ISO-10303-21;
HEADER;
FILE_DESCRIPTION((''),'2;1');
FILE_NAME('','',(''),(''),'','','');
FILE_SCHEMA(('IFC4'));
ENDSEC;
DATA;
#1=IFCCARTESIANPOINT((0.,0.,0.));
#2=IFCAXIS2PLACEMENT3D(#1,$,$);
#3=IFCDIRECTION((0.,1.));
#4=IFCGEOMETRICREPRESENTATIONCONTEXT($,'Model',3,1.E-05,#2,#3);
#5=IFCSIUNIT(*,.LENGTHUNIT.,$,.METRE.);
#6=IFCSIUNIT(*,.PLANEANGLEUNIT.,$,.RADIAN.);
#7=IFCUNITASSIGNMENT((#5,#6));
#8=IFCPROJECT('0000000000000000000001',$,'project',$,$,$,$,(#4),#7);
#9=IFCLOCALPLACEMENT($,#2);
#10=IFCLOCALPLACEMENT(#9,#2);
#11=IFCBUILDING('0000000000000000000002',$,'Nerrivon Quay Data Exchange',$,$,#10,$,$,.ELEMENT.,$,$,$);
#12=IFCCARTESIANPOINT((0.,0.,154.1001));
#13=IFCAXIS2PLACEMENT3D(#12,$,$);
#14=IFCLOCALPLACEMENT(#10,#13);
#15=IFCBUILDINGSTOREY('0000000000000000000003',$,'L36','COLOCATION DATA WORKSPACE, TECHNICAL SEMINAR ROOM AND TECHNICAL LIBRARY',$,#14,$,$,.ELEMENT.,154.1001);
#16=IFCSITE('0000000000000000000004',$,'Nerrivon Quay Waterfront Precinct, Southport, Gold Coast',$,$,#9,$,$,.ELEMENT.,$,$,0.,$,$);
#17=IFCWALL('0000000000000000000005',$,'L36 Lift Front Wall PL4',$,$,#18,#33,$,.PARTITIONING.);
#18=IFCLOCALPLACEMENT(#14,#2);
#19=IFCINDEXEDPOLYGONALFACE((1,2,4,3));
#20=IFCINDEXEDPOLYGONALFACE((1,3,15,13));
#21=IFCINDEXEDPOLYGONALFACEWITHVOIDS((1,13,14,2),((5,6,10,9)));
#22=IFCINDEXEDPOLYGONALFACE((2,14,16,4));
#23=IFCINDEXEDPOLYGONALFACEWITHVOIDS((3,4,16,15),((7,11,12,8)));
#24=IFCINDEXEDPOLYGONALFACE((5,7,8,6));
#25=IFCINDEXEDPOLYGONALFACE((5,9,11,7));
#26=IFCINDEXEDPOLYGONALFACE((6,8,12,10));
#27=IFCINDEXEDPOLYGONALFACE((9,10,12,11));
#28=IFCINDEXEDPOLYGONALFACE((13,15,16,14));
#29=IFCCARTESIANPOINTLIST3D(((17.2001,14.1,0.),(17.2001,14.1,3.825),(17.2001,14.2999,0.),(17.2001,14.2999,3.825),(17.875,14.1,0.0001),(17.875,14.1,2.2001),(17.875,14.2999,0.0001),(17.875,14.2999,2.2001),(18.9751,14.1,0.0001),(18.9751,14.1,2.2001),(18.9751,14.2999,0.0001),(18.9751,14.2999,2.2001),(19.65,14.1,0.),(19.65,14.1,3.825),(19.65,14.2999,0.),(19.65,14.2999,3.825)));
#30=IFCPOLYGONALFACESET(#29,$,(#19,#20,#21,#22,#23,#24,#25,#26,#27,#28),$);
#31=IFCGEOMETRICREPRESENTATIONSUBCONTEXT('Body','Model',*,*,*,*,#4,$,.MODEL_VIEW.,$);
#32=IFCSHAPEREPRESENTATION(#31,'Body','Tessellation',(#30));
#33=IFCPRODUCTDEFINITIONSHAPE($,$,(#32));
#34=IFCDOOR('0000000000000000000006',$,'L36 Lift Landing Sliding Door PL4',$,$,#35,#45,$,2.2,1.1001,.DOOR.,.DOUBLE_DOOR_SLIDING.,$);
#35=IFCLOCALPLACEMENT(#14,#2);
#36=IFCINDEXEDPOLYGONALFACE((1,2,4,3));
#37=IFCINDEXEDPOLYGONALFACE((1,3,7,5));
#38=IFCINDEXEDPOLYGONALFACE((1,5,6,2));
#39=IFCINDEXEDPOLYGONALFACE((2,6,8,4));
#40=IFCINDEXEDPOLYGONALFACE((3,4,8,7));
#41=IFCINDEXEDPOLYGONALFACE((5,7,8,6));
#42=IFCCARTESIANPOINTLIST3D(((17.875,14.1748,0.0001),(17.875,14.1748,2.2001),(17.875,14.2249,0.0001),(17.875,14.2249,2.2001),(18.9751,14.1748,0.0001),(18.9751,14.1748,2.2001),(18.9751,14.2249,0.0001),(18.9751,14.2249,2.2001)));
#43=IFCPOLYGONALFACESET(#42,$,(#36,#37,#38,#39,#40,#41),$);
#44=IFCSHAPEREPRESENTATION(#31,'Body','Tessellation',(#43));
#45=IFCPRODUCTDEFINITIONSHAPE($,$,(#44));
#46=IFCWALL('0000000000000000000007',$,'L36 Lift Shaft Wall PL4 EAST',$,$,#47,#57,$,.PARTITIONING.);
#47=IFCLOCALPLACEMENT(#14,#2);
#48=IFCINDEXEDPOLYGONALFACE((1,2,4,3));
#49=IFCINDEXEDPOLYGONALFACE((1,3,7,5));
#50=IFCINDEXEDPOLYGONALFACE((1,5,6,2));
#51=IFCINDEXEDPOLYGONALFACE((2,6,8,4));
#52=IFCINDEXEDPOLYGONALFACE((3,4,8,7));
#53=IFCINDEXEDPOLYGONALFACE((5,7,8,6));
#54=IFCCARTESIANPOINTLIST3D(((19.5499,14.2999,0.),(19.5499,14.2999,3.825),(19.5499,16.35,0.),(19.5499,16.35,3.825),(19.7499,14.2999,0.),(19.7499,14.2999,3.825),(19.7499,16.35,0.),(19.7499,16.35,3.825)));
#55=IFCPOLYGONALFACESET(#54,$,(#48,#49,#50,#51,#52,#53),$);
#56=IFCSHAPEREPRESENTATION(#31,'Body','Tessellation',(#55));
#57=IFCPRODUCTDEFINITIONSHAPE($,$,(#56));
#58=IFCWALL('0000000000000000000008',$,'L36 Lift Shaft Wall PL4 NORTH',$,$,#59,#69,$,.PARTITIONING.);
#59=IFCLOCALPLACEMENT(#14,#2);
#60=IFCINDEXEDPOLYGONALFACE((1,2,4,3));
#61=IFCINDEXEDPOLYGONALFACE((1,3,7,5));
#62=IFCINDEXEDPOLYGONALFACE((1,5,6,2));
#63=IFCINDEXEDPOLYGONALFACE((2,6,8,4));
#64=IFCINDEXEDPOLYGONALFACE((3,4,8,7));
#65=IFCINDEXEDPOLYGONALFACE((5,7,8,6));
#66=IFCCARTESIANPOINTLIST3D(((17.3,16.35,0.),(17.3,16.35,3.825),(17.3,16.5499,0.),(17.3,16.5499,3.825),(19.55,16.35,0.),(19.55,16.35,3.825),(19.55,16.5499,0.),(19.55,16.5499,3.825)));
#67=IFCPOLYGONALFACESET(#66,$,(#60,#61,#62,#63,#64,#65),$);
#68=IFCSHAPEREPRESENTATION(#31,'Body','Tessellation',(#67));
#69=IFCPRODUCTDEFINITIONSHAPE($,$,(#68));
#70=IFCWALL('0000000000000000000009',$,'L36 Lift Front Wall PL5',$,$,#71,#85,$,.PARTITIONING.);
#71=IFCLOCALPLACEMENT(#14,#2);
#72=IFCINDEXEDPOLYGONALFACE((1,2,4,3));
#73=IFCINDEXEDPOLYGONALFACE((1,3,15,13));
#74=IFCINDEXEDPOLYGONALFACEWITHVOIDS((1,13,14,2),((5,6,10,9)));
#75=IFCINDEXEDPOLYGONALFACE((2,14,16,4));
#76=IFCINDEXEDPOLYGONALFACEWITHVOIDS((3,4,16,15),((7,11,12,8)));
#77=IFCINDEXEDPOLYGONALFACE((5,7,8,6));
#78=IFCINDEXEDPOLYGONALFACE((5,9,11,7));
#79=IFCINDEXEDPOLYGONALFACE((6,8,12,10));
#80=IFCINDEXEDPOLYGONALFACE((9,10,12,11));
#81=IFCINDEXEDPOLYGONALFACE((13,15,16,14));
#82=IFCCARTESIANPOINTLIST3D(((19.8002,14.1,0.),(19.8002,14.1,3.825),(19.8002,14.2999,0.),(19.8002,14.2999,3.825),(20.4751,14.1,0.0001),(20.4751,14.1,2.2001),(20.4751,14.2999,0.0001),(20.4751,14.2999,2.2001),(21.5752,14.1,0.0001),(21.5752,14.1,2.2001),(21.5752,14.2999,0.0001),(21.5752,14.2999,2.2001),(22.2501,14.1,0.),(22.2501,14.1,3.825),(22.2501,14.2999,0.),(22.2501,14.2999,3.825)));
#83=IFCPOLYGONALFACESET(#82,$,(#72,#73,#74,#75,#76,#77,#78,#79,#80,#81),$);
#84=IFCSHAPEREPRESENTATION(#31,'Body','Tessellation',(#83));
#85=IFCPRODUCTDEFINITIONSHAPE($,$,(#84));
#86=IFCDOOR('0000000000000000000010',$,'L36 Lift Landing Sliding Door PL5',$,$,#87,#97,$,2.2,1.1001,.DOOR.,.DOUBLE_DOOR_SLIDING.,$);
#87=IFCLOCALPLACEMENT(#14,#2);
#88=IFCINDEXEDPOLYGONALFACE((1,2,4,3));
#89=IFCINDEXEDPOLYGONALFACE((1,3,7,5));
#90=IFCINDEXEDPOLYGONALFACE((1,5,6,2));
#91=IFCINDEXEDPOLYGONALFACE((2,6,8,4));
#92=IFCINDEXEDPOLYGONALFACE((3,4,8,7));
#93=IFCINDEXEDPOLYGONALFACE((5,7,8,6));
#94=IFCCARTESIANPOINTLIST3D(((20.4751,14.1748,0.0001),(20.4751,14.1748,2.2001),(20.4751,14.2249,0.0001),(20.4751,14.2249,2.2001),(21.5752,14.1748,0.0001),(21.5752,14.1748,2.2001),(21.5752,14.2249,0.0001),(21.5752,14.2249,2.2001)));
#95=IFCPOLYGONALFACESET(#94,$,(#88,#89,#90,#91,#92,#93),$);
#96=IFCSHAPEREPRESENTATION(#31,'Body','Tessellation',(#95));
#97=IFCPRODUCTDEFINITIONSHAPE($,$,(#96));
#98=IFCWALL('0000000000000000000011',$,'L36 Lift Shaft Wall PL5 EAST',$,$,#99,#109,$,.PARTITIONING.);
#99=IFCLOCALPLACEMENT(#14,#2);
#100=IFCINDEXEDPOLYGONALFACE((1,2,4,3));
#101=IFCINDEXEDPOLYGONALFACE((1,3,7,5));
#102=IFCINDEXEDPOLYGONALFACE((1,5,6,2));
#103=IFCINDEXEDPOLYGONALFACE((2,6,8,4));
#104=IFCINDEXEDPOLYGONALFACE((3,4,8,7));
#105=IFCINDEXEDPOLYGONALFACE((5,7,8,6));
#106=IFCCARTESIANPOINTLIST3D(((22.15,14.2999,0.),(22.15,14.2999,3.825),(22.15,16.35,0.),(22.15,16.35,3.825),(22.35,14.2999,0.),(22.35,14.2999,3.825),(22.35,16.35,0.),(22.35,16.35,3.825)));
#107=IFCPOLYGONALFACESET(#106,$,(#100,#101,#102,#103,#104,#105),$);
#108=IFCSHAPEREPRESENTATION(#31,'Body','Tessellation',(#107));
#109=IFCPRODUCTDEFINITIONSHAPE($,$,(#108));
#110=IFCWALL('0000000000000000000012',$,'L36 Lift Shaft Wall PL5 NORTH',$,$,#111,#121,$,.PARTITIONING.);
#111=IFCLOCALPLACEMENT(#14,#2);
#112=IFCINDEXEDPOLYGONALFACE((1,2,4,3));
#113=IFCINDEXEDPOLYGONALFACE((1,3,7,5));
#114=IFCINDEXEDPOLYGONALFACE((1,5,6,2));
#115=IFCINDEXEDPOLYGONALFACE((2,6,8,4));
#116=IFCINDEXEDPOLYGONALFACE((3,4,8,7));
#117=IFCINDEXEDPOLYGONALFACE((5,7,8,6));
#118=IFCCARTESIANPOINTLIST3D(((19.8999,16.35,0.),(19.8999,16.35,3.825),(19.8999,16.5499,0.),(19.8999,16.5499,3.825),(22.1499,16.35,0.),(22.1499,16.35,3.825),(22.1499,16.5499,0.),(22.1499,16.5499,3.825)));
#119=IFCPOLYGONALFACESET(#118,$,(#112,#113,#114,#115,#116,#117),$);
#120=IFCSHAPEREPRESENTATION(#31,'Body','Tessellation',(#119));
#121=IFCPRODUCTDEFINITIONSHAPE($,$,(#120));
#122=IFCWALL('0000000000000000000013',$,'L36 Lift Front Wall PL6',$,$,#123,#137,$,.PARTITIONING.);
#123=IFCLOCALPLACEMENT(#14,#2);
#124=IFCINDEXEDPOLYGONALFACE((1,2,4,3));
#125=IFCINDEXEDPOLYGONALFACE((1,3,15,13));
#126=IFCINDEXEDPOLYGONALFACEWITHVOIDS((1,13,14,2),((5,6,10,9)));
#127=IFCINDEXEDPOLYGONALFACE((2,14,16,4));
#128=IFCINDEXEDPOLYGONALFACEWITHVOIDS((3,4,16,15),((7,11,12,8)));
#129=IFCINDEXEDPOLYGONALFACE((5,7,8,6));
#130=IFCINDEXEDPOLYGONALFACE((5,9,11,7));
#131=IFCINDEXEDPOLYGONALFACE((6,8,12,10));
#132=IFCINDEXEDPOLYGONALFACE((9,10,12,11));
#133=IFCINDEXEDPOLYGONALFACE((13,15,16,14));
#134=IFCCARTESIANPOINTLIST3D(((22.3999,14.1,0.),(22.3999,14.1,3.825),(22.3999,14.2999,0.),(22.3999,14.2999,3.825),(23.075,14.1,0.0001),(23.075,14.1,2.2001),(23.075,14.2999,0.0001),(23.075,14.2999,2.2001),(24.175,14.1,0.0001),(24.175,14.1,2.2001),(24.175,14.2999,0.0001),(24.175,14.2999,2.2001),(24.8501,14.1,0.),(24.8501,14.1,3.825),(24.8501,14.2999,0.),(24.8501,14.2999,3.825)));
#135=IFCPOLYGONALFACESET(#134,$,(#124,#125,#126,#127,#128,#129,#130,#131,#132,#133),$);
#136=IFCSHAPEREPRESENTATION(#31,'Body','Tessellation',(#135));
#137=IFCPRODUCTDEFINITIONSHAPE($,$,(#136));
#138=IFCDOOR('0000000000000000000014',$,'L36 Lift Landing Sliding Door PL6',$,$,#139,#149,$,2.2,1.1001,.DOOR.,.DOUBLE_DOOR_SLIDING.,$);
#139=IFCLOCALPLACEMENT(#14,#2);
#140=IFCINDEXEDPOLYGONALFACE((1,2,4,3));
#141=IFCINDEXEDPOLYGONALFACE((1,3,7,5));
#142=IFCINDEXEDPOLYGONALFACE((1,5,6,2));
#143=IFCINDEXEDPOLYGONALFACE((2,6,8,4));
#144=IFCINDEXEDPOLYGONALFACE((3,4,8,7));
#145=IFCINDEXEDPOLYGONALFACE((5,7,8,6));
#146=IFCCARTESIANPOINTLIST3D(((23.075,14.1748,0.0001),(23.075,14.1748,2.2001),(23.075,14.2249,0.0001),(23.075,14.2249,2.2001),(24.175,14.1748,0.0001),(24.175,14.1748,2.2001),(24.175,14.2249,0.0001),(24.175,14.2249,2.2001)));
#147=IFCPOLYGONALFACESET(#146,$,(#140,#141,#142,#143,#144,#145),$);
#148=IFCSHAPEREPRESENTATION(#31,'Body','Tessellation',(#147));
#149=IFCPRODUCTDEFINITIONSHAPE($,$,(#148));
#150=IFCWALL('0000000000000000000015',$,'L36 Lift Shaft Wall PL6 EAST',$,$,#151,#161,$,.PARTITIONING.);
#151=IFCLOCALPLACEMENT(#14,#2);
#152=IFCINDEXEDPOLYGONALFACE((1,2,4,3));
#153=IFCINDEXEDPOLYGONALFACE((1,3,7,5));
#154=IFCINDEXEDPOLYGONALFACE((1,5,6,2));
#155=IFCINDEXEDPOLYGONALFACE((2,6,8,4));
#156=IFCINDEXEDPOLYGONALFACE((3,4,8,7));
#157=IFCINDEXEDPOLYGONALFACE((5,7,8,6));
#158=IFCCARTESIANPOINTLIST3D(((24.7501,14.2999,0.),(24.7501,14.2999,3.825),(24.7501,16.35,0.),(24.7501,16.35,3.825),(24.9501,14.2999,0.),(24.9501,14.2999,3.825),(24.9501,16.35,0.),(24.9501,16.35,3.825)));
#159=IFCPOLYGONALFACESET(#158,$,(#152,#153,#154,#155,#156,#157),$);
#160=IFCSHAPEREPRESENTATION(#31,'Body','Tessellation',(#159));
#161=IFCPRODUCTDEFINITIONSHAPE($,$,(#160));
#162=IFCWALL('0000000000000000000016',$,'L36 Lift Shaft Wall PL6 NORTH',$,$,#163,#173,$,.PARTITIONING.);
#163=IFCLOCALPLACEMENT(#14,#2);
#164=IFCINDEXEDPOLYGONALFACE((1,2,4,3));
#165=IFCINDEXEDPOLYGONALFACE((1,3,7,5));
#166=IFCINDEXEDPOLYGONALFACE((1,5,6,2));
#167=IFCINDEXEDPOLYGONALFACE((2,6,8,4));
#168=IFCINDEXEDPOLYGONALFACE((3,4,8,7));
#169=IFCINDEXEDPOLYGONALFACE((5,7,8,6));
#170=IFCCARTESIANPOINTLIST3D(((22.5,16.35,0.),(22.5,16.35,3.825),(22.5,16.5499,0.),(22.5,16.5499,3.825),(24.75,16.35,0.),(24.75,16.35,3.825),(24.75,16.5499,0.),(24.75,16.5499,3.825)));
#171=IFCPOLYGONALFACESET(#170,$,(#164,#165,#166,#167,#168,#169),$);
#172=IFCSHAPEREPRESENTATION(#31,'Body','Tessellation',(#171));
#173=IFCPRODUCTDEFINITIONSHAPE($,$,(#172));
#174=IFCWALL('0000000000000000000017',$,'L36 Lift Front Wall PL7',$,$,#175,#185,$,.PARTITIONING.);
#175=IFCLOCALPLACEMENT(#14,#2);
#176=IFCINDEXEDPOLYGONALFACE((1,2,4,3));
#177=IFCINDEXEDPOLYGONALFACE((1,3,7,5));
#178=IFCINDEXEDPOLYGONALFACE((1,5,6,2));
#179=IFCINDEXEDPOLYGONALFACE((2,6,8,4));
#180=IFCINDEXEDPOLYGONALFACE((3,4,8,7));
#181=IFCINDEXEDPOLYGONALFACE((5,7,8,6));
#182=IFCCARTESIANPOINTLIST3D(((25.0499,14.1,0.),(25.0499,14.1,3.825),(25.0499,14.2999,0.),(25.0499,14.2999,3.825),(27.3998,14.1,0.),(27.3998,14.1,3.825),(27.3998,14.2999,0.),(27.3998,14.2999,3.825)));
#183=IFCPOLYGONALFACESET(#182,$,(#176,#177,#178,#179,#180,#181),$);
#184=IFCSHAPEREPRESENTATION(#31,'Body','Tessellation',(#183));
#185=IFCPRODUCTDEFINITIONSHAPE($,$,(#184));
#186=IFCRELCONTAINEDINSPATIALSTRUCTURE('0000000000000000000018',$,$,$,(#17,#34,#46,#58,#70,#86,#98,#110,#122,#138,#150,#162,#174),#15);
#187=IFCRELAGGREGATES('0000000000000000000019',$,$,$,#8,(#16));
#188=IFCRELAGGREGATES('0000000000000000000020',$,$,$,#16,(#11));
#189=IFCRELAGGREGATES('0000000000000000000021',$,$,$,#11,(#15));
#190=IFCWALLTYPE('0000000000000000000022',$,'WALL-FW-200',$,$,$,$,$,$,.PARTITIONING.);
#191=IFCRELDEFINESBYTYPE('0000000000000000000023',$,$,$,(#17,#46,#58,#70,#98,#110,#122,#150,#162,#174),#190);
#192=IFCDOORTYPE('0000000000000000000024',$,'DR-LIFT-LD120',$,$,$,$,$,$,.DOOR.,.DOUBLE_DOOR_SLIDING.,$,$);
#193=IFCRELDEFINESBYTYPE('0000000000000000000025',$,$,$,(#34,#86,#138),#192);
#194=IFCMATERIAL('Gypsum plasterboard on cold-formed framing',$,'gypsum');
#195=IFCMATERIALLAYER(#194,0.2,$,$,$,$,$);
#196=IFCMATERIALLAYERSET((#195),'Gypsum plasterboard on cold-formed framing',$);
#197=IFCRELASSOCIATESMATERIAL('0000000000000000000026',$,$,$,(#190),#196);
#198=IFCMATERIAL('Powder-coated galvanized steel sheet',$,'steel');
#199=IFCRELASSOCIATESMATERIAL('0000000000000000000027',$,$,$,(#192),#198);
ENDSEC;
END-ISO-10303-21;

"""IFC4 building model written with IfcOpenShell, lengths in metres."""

from ifc_helpers import new_model, si_unit, direction, frame, frame_2d, origin, place, context, subcontext, project, spatial, rectangle, extrude, material, layer, layer_set, type_object, element, fill, save


model = new_model("IFC4")

# Units and contexts
model_context = context("Model", 3, precision=1e-05, world=origin(), true_north=direction((0.0, 1.0)))
body_context = subcontext(model_context, "Body", "Model", "MODEL_VIEW")
ifc_project = project(units=[si_unit("LENGTHUNIT", "METRE"), si_unit("PLANEANGLEUNIT", "RADIAN")], contexts=[model_context])

# Site, building, storey
site_placement = place(None, origin())
site = spatial("IfcSite", under=ifc_project, at=site_placement, Name="Nerrivon Quay Waterfront Precinct, Southport, Gold Coast", CompositionType="ELEMENT", RefElevation=0.0)
building_placement = place(site_placement, origin())
building = spatial("IfcBuilding", under=site, at=building_placement, Name="Nerrivon Quay Data Exchange", CompositionType="ELEMENT")
storey_placement = place(building_placement, frame((0.0, 0.0, 154.1001)))
storey = spatial("IfcBuildingStorey", under=building, at=storey_placement, Name="L36", Description="COLOCATION DATA WORKSPACE, TECHNICAL SEMINAR ROOM AND TECHNICAL LIBRARY", CompositionType="ELEMENT", Elevation=154.1001)

# Shared definitions
ifc_material_1 = material(Name="Gypsum plasterboard on cold-formed framing", Category="gypsum")
ifc_layer_1 = layer(ifc_material_1, 0.2)
ifc_layer_set_1 = layer_set([ifc_layer_1], Name="Gypsum plasterboard on cold-formed framing")
wall_type_1 = type_object("IfcWallType", Name="WALL-FW-200", PredefinedType="PARTITIONING", material=ifc_layer_set_1)

# Wall, opening, door
ifc_material_2 = material(Name="Powder-coated galvanized steel sheet", Category="steel")
door_type_1 = type_object("IfcDoorType", Name="DR-LIFT-LD120", OperationType="DOUBLE_DOOR_SLIDING", PredefinedType="DOOR", material=ifc_material_2)
wall_1_placement = place(storey_placement, frame((17.2, 14.2, 0.0), z_axis=(0.0, 0.0, 1.0), x_axis=(1.0, 0.0, 0.0)))
wall_1 = element("IfcWall", 1, at=wall_1_placement, inside=storey, type_object=wall_type_1, Name="L36 Lift Front Wall PL4", PredefinedType="PARTITIONING", context=body_context, shape_type="SweptSolid", body=[
    extrude(rectangle(XDim=2.45, YDim=0.2, at=frame_2d((1.2251, 0.0))), origin(), (0.0, 0.0, 1.0), 3.825),
])
opening_1_placement = place(wall_1_placement, frame((0.675, 0.0, 0.0)))
opening_1 = element("IfcOpeningElement", 2, at=opening_1_placement, cuts=wall_1, PredefinedType="OPENING", context=body_context, shape_type="SweptSolid", body=[
    extrude(rectangle(XDim=1.1001, YDim=2.2, at=frame_2d((0.55, 1.1001))), frame((0.0, 0.1099, 0.0), z_axis=(0.0, -1.0, 0.0), x_axis=(1.0, 0.0, 0.0)), (0.0, 0.0, 1.0), 0.22),
])
door_1_placement = place(opening_1_placement, origin())
door_1 = element("IfcDoor", 3, at=door_1_placement, inside=storey, type_object=door_type_1, Name="L36 Lift Landing Sliding Door PL4", OperationType="DOUBLE_DOOR_SLIDING", OverallHeight=2.2, OverallWidth=1.1001, PredefinedType="DOOR", context=body_context, shape_type="SweptSolid", body=[
    extrude(rectangle(XDim=1.1001, YDim=2.2, at=frame_2d((0.55, 1.1001))), frame((0.0, 0.0249, 0.0), z_axis=(0.0, -1.0, 0.0), x_axis=(1.0, 0.0, 0.0)), (0.0, 0.0, 1.0), 0.05),
])
fill(opening_1, door_1)

# Walls
wall_2_placement = place(storey_placement, frame((19.6499, 14.3, 0.0), z_axis=(0.0, 0.0, 1.0), x_axis=(0.0, 1.0, 0.0)))
element("IfcWall", 4, at=wall_2_placement, inside=storey, type_object=wall_type_1, Name="L36 Lift Shaft Wall PL4 EAST", PredefinedType="PARTITIONING", context=body_context, shape_type="SweptSolid", body=[
    extrude(rectangle(XDim=2.05, YDim=0.2, at=frame_2d((1.0249, 0.0))), origin(), (0.0, 0.0, 1.0), 3.825),
])
wall_3_placement = place(storey_placement, frame((17.3, 16.45, 0.0), z_axis=(0.0, 0.0, 1.0), x_axis=(1.0, 0.0, 0.0)))
element("IfcWall", 5, at=wall_3_placement, inside=storey, type_object=wall_type_1, Name="L36 Lift Shaft Wall PL4 NORTH", PredefinedType="PARTITIONING", context=body_context, shape_type="SweptSolid", body=[
    extrude(rectangle(XDim=2.25, YDim=0.2, at=frame_2d((1.125, 0.0))), origin(), (0.0, 0.0, 1.0), 3.825),
])

# Wall, opening, door
wall_4_placement = place(storey_placement, frame((19.8, 14.2, 0.0), z_axis=(0.0, 0.0, 1.0), x_axis=(1.0, 0.0, 0.0)))
wall_4 = element("IfcWall", 6, at=wall_4_placement, inside=storey, type_object=wall_type_1, Name="L36 Lift Front Wall PL5", PredefinedType="PARTITIONING", context=body_context, shape_type="SweptSolid", body=[
    extrude(rectangle(XDim=2.45, YDim=0.2, at=frame_2d((1.2251, 0.0))), origin(), (0.0, 0.0, 1.0), 3.825),
])
opening_2_placement = place(wall_4_placement, frame((0.675, 0.0, 0.0)))
opening_2 = element("IfcOpeningElement", 7, at=opening_2_placement, cuts=wall_4, PredefinedType="OPENING", context=body_context, shape_type="SweptSolid", body=[
    extrude(rectangle(XDim=1.1001, YDim=2.2, at=frame_2d((0.55, 1.1001))), frame((0.0, 0.1099, 0.0), z_axis=(0.0, -1.0, 0.0), x_axis=(1.0, 0.0, 0.0)), (0.0, 0.0, 1.0), 0.22),
])
door_2_placement = place(opening_2_placement, origin())
door_2 = element("IfcDoor", 8, at=door_2_placement, inside=storey, type_object=door_type_1, Name="L36 Lift Landing Sliding Door PL5", OperationType="DOUBLE_DOOR_SLIDING", OverallHeight=2.2, OverallWidth=1.1001, PredefinedType="DOOR", context=body_context, shape_type="SweptSolid", body=[
    extrude(rectangle(XDim=1.1001, YDim=2.2, at=frame_2d((0.55, 1.1001))), frame((0.0, 0.0249, 0.0), z_axis=(0.0, -1.0, 0.0), x_axis=(1.0, 0.0, 0.0)), (0.0, 0.0, 1.0), 0.05),
])
fill(opening_2, door_2)

# Walls
wall_5_placement = place(storey_placement, frame((22.25, 14.3, 0.0), z_axis=(0.0, 0.0, 1.0), x_axis=(0.0, 1.0, 0.0)))
element("IfcWall", 9, at=wall_5_placement, inside=storey, type_object=wall_type_1, Name="L36 Lift Shaft Wall PL5 EAST", PredefinedType="PARTITIONING", context=body_context, shape_type="SweptSolid", body=[
    extrude(rectangle(XDim=2.05, YDim=0.2, at=frame_2d((1.0249, 0.0))), origin(), (0.0, 0.0, 1.0), 3.825),
])
wall_6_placement = place(storey_placement, frame((19.8999, 16.45, 0.0), z_axis=(0.0, 0.0, 1.0), x_axis=(1.0, 0.0, 0.0)))
element("IfcWall", 10, at=wall_6_placement, inside=storey, type_object=wall_type_1, Name="L36 Lift Shaft Wall PL5 NORTH", PredefinedType="PARTITIONING", context=body_context, shape_type="SweptSolid", body=[
    extrude(rectangle(XDim=2.25, YDim=0.2, at=frame_2d((1.125, 0.0))), origin(), (0.0, 0.0, 1.0), 3.825),
])

# Wall, opening, door
wall_7_placement = place(storey_placement, frame((22.3999, 14.2, 0.0), z_axis=(0.0, 0.0, 1.0), x_axis=(1.0, 0.0, 0.0)))
wall_7 = element("IfcWall", 11, at=wall_7_placement, inside=storey, type_object=wall_type_1, Name="L36 Lift Front Wall PL6", PredefinedType="PARTITIONING", context=body_context, shape_type="SweptSolid", body=[
    extrude(rectangle(XDim=2.4502, YDim=0.2, at=frame_2d((1.2251, 0.0))), origin(), (0.0, 0.0, 1.0), 3.825),
])
opening_3_placement = place(wall_7_placement, frame((0.675, 0.0, 0.0)))
opening_3 = element("IfcOpeningElement", 12, at=opening_3_placement, cuts=wall_7, PredefinedType="OPENING", context=body_context, shape_type="SweptSolid", body=[
    extrude(rectangle(XDim=1.1001, YDim=2.2, at=frame_2d((0.55, 1.1001))), frame((0.0, 0.1099, 0.0), z_axis=(0.0, -1.0, 0.0), x_axis=(1.0, 0.0, 0.0)), (0.0, 0.0, 1.0), 0.22),
])
door_3_placement = place(opening_3_placement, origin())
door_3 = element("IfcDoor", 13, at=door_3_placement, inside=storey, type_object=door_type_1, Name="L36 Lift Landing Sliding Door PL6", OperationType="DOUBLE_DOOR_SLIDING", OverallHeight=2.2, OverallWidth=1.1001, PredefinedType="DOOR", context=body_context, shape_type="SweptSolid", body=[
    extrude(rectangle(XDim=1.1001, YDim=2.2, at=frame_2d((0.55, 1.1001))), frame((0.0, 0.0249, 0.0), z_axis=(0.0, -1.0, 0.0), x_axis=(1.0, 0.0, 0.0)), (0.0, 0.0, 1.0), 0.05),
])
fill(opening_3, door_3)

# Walls
wall_8_placement = place(storey_placement, frame((24.8501, 14.3, 0.0), z_axis=(0.0, 0.0, 1.0), x_axis=(0.0, 1.0, 0.0)))
element("IfcWall", 14, at=wall_8_placement, inside=storey, type_object=wall_type_1, Name="L36 Lift Shaft Wall PL6 EAST", PredefinedType="PARTITIONING", context=body_context, shape_type="SweptSolid", body=[
    extrude(rectangle(XDim=2.05, YDim=0.2, at=frame_2d((1.0249, 0.0))), origin(), (0.0, 0.0, 1.0), 3.825),
])
wall_9_placement = place(storey_placement, frame((22.5, 16.45, 0.0), z_axis=(0.0, 0.0, 1.0), x_axis=(1.0, 0.0, 0.0)))
element("IfcWall", 15, at=wall_9_placement, inside=storey, type_object=wall_type_1, Name="L36 Lift Shaft Wall PL6 NORTH", PredefinedType="PARTITIONING", context=body_context, shape_type="SweptSolid", body=[
    extrude(rectangle(XDim=2.25, YDim=0.2, at=frame_2d((1.125, 0.0))), origin(), (0.0, 0.0, 1.0), 3.825),
])
wall_10_placement = place(storey_placement, frame((25.05, 14.2, 0.0), z_axis=(0.0, 0.0, 1.0), x_axis=(1.0, 0.0, 0.0)))
element("IfcWall", 16, at=wall_10_placement, inside=storey, type_object=wall_type_1, Name="L36 Lift Front Wall PL7", PredefinedType="PARTITIONING", context=body_context, shape_type="SweptSolid", body=[
    extrude(rectangle(XDim=2.3499, YDim=0.2, at=frame_2d((1.1748, 0.0))), origin(), (0.0, 0.0, 1.0), 3.825),
])

save(model, "model.ifc")
